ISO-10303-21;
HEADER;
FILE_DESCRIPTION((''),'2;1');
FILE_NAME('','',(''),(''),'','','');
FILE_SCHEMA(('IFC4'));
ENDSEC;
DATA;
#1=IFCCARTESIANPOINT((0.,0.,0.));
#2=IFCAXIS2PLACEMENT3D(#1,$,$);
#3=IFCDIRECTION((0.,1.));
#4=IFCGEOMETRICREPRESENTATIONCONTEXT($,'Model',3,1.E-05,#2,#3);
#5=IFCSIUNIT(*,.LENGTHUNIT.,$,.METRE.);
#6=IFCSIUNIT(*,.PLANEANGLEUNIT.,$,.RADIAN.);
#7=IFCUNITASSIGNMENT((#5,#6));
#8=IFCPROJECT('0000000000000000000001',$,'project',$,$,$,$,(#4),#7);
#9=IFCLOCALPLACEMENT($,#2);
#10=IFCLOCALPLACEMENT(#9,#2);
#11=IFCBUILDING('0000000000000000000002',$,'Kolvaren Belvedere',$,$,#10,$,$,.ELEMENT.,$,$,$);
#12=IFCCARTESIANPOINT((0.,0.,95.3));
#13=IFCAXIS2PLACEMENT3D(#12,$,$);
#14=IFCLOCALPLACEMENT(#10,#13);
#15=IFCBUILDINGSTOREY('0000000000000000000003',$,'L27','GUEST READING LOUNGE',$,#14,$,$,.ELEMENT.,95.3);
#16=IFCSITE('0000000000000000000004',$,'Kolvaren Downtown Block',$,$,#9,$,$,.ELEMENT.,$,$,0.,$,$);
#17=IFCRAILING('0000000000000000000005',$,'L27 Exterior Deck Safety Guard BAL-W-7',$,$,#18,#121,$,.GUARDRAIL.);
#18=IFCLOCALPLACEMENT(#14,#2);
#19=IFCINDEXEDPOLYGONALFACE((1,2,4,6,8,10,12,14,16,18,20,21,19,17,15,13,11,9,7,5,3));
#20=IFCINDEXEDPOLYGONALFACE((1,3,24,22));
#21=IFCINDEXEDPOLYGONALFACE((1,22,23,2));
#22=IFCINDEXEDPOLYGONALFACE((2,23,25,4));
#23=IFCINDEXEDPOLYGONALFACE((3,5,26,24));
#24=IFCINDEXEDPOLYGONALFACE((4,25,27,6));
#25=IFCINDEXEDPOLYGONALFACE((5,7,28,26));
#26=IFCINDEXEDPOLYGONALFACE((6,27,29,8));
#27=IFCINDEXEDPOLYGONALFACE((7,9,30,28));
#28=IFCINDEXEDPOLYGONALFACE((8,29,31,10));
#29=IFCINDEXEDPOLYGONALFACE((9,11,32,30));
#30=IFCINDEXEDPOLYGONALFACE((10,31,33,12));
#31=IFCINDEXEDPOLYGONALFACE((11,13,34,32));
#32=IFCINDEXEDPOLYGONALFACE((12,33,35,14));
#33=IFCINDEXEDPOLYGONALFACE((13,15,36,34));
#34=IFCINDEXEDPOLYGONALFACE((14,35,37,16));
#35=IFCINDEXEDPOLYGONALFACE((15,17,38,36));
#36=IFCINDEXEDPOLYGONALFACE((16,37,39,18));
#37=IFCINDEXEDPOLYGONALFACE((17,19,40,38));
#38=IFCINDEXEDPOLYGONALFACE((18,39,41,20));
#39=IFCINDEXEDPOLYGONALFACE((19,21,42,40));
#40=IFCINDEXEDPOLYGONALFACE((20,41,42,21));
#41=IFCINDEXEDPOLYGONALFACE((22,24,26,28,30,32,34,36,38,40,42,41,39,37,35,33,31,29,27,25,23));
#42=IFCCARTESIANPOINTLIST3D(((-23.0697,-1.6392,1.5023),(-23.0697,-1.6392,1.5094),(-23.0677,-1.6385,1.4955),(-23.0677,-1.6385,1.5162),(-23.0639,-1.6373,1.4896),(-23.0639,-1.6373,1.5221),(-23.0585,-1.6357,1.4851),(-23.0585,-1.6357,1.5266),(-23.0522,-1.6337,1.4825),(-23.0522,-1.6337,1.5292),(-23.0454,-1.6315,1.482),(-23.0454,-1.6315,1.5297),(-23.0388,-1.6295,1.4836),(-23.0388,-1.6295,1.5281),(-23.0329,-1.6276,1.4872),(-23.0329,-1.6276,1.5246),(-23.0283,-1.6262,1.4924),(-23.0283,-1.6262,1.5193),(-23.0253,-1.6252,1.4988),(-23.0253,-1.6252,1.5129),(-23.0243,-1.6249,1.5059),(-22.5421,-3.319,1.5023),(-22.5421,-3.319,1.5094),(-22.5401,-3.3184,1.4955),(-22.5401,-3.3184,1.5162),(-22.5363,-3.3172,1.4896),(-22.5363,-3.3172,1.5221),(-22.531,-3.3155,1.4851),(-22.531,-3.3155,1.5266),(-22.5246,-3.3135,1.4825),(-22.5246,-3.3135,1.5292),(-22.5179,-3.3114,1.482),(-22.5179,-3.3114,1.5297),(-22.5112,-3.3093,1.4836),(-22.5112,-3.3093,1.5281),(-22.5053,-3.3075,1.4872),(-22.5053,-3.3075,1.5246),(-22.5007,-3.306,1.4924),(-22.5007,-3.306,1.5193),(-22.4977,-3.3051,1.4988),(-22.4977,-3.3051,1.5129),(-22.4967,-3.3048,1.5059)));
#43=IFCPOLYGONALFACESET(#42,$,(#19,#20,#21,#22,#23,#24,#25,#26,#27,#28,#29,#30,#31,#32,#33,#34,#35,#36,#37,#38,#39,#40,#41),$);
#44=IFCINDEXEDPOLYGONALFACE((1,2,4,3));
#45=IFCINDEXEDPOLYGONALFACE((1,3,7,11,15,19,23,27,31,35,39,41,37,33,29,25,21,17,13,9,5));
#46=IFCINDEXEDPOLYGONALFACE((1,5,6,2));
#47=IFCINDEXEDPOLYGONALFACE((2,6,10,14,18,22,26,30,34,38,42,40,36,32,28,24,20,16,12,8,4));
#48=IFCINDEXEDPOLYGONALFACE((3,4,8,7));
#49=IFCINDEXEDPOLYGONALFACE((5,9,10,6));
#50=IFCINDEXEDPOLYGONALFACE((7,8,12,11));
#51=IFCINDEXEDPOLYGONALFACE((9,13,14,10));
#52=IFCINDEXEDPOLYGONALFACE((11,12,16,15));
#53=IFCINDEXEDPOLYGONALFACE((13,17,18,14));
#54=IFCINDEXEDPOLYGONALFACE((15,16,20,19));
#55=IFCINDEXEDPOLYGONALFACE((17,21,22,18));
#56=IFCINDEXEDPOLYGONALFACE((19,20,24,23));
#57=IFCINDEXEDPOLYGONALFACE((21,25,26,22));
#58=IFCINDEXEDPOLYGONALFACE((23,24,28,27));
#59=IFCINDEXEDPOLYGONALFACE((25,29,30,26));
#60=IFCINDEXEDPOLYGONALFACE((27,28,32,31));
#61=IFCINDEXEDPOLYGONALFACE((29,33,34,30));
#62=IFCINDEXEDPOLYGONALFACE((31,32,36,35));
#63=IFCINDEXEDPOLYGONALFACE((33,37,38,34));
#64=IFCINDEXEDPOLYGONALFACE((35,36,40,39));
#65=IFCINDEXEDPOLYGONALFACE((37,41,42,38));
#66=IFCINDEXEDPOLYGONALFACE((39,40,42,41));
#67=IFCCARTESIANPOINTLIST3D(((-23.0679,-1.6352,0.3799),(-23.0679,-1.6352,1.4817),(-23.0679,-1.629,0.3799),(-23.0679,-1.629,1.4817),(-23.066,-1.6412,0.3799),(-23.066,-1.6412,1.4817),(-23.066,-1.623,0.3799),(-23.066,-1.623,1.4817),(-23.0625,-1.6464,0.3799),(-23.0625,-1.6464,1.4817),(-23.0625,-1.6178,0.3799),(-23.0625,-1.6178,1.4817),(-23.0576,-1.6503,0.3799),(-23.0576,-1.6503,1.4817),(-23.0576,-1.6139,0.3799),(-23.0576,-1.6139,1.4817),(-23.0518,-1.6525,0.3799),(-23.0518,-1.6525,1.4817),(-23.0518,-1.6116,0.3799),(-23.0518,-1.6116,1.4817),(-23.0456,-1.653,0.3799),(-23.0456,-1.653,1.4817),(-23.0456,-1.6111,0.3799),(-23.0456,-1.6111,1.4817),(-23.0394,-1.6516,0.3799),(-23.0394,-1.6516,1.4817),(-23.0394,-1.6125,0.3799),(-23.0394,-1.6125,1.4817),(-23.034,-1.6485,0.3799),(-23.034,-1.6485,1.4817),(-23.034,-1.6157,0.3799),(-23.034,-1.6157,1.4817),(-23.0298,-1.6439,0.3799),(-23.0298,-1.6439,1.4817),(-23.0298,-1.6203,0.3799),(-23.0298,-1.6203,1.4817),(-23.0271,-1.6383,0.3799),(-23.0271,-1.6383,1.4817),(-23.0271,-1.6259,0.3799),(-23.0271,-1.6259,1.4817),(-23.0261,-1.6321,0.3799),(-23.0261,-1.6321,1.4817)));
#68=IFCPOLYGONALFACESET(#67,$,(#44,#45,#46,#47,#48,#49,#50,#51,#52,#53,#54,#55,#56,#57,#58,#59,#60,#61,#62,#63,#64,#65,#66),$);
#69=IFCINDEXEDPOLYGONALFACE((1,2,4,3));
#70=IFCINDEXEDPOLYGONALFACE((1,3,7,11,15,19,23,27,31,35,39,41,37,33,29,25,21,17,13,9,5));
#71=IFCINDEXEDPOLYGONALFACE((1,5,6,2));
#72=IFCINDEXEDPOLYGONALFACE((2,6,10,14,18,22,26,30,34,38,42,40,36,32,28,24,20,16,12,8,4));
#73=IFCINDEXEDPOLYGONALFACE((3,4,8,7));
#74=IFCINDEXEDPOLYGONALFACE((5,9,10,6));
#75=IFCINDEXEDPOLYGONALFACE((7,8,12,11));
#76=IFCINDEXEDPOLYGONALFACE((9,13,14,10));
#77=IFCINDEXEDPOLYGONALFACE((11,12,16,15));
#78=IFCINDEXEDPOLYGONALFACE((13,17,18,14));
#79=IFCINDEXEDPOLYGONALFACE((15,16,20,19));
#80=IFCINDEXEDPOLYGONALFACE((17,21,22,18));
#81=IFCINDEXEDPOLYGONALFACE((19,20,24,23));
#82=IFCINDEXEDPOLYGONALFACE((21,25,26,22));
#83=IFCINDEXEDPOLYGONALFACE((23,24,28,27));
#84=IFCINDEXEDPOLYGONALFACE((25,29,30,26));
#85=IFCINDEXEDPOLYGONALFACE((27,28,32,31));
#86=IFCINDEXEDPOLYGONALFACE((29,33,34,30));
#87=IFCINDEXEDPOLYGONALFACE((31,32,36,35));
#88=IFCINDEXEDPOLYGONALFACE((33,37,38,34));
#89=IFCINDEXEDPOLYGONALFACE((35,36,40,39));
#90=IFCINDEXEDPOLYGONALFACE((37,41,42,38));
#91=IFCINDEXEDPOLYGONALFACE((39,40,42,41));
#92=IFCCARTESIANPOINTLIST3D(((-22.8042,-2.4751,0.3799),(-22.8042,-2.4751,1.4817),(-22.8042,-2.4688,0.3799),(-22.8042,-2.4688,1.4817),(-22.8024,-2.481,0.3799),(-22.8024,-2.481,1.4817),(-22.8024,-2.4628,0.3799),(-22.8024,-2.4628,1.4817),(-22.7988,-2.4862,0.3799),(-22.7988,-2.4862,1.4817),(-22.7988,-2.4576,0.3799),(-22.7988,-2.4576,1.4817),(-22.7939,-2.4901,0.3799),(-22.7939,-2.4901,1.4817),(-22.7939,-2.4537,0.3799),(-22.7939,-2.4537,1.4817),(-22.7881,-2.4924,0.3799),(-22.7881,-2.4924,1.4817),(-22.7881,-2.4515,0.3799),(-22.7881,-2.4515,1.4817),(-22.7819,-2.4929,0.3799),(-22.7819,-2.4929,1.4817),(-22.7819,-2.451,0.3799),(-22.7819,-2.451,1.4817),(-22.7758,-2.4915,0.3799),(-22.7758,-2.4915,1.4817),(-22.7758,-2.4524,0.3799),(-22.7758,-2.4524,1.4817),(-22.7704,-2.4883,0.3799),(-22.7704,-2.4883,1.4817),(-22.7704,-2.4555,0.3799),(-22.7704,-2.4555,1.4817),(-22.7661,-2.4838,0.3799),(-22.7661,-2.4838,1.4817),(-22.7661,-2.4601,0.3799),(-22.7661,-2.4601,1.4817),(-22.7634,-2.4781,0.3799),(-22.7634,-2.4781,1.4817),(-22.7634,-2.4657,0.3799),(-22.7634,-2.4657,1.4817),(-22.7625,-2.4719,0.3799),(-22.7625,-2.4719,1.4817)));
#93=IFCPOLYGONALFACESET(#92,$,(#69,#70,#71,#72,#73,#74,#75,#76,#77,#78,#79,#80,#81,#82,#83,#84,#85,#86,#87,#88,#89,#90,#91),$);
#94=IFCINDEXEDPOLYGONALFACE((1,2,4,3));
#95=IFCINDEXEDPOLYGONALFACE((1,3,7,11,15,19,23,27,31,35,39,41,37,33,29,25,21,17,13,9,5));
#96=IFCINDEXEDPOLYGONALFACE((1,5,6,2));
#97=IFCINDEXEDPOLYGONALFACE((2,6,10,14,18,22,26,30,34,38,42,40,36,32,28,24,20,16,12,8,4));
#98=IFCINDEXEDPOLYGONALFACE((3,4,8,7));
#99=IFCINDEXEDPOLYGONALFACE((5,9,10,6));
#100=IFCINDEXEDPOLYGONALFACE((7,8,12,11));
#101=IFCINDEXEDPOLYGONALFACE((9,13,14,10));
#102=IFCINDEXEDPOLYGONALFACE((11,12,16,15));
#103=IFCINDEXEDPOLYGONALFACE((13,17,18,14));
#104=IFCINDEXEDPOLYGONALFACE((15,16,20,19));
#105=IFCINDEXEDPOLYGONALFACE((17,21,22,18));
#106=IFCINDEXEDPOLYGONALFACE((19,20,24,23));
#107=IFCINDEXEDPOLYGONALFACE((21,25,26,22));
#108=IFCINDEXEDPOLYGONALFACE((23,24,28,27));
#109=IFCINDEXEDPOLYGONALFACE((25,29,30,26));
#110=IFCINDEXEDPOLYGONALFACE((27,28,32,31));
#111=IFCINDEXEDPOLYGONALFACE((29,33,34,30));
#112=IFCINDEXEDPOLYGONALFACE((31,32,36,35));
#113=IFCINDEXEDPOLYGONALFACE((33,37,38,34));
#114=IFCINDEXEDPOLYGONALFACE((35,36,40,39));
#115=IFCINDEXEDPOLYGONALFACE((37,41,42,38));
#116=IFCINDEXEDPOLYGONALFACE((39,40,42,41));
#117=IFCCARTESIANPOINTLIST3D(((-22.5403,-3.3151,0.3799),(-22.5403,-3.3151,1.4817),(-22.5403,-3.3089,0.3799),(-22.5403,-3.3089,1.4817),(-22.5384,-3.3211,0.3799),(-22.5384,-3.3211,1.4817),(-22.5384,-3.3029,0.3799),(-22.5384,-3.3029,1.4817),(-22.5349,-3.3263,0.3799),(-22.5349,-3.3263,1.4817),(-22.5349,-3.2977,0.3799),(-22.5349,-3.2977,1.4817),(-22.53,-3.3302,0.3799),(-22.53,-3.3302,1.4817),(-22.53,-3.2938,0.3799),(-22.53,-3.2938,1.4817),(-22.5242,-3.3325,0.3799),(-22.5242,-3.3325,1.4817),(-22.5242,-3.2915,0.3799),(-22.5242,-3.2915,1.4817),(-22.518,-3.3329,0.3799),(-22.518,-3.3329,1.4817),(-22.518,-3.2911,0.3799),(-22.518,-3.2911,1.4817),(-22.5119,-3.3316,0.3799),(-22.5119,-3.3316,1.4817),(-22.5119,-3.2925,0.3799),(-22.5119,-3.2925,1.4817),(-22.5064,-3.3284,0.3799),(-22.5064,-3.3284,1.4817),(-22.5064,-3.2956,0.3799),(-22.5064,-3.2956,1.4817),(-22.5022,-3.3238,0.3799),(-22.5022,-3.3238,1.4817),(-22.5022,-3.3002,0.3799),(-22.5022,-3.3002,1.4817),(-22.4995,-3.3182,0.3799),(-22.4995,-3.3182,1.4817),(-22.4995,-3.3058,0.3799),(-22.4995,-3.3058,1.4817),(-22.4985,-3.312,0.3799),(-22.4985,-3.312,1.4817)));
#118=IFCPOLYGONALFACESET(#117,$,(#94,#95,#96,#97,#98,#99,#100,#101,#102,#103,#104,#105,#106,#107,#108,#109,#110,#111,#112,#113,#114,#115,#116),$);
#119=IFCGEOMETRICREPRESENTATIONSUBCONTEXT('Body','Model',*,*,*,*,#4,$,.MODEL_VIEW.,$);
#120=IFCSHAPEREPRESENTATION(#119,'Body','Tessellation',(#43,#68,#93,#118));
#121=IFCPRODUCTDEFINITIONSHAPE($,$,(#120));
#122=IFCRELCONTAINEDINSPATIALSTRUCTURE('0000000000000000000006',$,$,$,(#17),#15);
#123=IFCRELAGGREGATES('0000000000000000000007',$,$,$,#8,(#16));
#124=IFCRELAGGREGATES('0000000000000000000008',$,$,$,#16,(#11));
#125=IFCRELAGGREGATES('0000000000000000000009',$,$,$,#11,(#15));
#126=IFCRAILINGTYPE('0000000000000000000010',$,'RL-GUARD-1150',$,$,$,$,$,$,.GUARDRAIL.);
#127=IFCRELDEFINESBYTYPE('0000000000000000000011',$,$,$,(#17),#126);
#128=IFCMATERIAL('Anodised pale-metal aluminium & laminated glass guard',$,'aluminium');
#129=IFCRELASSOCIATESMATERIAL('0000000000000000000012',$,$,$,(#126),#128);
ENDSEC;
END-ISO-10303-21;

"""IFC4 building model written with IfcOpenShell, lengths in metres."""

from ifc_helpers import new_model, si_unit, direction, frame, origin, origin_2d, place, context, subcontext, project, spatial, circle, extrude, material, type_object, element, save


model = new_model("IFC4")

# Units and contexts
model_context = context("Model", 3, precision=1e-05, world=origin(), true_north=direction((0.0, 1.0)))
body_context = subcontext(model_context, "Body", "Model", "MODEL_VIEW")
ifc_project = project(units=[si_unit("LENGTHUNIT", "METRE"), si_unit("PLANEANGLEUNIT", "RADIAN")], contexts=[model_context])

# Site, building, storey
site_placement = place(None, origin())
site = spatial("IfcSite", under=ifc_project, at=site_placement, Name="Kolvaren Downtown Block", CompositionType="ELEMENT", RefElevation=0.0)
building_placement = place(site_placement, origin())
building = spatial("IfcBuilding", under=site, at=building_placement, Name="Kolvaren Belvedere", CompositionType="ELEMENT")
storey_placement = place(building_placement, frame((0.0, 0.0, 95.3)))
storey = spatial("IfcBuildingStorey", under=building, at=storey_placement, Name="L27", Description="GUEST READING LOUNGE", CompositionType="ELEMENT", Elevation=95.3)

# Railing
ifc_material_1 = material(Name="Anodised pale-metal aluminium & laminated glass guard", Category="aluminium")
railing_type = type_object("IfcRailingType", Name="RL-GUARD-1150", PredefinedType="GUARDRAIL", material=ifc_material_1)
railing_1_placement = place(storey_placement, frame((-23.0471, -1.6321, 0.3799)))
element("IfcRailing", 1, at=railing_1_placement, inside=storey, type_object=railing_type, Name="L27 Exterior Deck Safety Guard BAL-W-7", PredefinedType="GUARDRAIL", context=body_context, shape_type="SweptSolid", body=[
    extrude(circle(Radius=0.0239, at=origin_2d()), frame((0.0, 0.0, 1.126), z_axis=(0.299625, -0.954057, 0.0), x_axis=(0.954057, 0.299625, 0.0)), (0.0, 0.0, 1.0), 1.7607),
    extrude(circle(Radius=0.021, at=origin_2d()), origin(), (0.0, 0.0, 1.0), 1.1018),
    extrude(circle(Radius=0.021, at=origin_2d()), frame((0.2637, -0.8398, 0.0)), (0.0, 0.0, 1.0), 1.1018),
    extrude(circle(Radius=0.021, at=origin_2d()), frame((0.5276, -1.6799, 0.0)), (0.0, 0.0, 1.0), 1.1018),
])

save(model, "model.ifc")
